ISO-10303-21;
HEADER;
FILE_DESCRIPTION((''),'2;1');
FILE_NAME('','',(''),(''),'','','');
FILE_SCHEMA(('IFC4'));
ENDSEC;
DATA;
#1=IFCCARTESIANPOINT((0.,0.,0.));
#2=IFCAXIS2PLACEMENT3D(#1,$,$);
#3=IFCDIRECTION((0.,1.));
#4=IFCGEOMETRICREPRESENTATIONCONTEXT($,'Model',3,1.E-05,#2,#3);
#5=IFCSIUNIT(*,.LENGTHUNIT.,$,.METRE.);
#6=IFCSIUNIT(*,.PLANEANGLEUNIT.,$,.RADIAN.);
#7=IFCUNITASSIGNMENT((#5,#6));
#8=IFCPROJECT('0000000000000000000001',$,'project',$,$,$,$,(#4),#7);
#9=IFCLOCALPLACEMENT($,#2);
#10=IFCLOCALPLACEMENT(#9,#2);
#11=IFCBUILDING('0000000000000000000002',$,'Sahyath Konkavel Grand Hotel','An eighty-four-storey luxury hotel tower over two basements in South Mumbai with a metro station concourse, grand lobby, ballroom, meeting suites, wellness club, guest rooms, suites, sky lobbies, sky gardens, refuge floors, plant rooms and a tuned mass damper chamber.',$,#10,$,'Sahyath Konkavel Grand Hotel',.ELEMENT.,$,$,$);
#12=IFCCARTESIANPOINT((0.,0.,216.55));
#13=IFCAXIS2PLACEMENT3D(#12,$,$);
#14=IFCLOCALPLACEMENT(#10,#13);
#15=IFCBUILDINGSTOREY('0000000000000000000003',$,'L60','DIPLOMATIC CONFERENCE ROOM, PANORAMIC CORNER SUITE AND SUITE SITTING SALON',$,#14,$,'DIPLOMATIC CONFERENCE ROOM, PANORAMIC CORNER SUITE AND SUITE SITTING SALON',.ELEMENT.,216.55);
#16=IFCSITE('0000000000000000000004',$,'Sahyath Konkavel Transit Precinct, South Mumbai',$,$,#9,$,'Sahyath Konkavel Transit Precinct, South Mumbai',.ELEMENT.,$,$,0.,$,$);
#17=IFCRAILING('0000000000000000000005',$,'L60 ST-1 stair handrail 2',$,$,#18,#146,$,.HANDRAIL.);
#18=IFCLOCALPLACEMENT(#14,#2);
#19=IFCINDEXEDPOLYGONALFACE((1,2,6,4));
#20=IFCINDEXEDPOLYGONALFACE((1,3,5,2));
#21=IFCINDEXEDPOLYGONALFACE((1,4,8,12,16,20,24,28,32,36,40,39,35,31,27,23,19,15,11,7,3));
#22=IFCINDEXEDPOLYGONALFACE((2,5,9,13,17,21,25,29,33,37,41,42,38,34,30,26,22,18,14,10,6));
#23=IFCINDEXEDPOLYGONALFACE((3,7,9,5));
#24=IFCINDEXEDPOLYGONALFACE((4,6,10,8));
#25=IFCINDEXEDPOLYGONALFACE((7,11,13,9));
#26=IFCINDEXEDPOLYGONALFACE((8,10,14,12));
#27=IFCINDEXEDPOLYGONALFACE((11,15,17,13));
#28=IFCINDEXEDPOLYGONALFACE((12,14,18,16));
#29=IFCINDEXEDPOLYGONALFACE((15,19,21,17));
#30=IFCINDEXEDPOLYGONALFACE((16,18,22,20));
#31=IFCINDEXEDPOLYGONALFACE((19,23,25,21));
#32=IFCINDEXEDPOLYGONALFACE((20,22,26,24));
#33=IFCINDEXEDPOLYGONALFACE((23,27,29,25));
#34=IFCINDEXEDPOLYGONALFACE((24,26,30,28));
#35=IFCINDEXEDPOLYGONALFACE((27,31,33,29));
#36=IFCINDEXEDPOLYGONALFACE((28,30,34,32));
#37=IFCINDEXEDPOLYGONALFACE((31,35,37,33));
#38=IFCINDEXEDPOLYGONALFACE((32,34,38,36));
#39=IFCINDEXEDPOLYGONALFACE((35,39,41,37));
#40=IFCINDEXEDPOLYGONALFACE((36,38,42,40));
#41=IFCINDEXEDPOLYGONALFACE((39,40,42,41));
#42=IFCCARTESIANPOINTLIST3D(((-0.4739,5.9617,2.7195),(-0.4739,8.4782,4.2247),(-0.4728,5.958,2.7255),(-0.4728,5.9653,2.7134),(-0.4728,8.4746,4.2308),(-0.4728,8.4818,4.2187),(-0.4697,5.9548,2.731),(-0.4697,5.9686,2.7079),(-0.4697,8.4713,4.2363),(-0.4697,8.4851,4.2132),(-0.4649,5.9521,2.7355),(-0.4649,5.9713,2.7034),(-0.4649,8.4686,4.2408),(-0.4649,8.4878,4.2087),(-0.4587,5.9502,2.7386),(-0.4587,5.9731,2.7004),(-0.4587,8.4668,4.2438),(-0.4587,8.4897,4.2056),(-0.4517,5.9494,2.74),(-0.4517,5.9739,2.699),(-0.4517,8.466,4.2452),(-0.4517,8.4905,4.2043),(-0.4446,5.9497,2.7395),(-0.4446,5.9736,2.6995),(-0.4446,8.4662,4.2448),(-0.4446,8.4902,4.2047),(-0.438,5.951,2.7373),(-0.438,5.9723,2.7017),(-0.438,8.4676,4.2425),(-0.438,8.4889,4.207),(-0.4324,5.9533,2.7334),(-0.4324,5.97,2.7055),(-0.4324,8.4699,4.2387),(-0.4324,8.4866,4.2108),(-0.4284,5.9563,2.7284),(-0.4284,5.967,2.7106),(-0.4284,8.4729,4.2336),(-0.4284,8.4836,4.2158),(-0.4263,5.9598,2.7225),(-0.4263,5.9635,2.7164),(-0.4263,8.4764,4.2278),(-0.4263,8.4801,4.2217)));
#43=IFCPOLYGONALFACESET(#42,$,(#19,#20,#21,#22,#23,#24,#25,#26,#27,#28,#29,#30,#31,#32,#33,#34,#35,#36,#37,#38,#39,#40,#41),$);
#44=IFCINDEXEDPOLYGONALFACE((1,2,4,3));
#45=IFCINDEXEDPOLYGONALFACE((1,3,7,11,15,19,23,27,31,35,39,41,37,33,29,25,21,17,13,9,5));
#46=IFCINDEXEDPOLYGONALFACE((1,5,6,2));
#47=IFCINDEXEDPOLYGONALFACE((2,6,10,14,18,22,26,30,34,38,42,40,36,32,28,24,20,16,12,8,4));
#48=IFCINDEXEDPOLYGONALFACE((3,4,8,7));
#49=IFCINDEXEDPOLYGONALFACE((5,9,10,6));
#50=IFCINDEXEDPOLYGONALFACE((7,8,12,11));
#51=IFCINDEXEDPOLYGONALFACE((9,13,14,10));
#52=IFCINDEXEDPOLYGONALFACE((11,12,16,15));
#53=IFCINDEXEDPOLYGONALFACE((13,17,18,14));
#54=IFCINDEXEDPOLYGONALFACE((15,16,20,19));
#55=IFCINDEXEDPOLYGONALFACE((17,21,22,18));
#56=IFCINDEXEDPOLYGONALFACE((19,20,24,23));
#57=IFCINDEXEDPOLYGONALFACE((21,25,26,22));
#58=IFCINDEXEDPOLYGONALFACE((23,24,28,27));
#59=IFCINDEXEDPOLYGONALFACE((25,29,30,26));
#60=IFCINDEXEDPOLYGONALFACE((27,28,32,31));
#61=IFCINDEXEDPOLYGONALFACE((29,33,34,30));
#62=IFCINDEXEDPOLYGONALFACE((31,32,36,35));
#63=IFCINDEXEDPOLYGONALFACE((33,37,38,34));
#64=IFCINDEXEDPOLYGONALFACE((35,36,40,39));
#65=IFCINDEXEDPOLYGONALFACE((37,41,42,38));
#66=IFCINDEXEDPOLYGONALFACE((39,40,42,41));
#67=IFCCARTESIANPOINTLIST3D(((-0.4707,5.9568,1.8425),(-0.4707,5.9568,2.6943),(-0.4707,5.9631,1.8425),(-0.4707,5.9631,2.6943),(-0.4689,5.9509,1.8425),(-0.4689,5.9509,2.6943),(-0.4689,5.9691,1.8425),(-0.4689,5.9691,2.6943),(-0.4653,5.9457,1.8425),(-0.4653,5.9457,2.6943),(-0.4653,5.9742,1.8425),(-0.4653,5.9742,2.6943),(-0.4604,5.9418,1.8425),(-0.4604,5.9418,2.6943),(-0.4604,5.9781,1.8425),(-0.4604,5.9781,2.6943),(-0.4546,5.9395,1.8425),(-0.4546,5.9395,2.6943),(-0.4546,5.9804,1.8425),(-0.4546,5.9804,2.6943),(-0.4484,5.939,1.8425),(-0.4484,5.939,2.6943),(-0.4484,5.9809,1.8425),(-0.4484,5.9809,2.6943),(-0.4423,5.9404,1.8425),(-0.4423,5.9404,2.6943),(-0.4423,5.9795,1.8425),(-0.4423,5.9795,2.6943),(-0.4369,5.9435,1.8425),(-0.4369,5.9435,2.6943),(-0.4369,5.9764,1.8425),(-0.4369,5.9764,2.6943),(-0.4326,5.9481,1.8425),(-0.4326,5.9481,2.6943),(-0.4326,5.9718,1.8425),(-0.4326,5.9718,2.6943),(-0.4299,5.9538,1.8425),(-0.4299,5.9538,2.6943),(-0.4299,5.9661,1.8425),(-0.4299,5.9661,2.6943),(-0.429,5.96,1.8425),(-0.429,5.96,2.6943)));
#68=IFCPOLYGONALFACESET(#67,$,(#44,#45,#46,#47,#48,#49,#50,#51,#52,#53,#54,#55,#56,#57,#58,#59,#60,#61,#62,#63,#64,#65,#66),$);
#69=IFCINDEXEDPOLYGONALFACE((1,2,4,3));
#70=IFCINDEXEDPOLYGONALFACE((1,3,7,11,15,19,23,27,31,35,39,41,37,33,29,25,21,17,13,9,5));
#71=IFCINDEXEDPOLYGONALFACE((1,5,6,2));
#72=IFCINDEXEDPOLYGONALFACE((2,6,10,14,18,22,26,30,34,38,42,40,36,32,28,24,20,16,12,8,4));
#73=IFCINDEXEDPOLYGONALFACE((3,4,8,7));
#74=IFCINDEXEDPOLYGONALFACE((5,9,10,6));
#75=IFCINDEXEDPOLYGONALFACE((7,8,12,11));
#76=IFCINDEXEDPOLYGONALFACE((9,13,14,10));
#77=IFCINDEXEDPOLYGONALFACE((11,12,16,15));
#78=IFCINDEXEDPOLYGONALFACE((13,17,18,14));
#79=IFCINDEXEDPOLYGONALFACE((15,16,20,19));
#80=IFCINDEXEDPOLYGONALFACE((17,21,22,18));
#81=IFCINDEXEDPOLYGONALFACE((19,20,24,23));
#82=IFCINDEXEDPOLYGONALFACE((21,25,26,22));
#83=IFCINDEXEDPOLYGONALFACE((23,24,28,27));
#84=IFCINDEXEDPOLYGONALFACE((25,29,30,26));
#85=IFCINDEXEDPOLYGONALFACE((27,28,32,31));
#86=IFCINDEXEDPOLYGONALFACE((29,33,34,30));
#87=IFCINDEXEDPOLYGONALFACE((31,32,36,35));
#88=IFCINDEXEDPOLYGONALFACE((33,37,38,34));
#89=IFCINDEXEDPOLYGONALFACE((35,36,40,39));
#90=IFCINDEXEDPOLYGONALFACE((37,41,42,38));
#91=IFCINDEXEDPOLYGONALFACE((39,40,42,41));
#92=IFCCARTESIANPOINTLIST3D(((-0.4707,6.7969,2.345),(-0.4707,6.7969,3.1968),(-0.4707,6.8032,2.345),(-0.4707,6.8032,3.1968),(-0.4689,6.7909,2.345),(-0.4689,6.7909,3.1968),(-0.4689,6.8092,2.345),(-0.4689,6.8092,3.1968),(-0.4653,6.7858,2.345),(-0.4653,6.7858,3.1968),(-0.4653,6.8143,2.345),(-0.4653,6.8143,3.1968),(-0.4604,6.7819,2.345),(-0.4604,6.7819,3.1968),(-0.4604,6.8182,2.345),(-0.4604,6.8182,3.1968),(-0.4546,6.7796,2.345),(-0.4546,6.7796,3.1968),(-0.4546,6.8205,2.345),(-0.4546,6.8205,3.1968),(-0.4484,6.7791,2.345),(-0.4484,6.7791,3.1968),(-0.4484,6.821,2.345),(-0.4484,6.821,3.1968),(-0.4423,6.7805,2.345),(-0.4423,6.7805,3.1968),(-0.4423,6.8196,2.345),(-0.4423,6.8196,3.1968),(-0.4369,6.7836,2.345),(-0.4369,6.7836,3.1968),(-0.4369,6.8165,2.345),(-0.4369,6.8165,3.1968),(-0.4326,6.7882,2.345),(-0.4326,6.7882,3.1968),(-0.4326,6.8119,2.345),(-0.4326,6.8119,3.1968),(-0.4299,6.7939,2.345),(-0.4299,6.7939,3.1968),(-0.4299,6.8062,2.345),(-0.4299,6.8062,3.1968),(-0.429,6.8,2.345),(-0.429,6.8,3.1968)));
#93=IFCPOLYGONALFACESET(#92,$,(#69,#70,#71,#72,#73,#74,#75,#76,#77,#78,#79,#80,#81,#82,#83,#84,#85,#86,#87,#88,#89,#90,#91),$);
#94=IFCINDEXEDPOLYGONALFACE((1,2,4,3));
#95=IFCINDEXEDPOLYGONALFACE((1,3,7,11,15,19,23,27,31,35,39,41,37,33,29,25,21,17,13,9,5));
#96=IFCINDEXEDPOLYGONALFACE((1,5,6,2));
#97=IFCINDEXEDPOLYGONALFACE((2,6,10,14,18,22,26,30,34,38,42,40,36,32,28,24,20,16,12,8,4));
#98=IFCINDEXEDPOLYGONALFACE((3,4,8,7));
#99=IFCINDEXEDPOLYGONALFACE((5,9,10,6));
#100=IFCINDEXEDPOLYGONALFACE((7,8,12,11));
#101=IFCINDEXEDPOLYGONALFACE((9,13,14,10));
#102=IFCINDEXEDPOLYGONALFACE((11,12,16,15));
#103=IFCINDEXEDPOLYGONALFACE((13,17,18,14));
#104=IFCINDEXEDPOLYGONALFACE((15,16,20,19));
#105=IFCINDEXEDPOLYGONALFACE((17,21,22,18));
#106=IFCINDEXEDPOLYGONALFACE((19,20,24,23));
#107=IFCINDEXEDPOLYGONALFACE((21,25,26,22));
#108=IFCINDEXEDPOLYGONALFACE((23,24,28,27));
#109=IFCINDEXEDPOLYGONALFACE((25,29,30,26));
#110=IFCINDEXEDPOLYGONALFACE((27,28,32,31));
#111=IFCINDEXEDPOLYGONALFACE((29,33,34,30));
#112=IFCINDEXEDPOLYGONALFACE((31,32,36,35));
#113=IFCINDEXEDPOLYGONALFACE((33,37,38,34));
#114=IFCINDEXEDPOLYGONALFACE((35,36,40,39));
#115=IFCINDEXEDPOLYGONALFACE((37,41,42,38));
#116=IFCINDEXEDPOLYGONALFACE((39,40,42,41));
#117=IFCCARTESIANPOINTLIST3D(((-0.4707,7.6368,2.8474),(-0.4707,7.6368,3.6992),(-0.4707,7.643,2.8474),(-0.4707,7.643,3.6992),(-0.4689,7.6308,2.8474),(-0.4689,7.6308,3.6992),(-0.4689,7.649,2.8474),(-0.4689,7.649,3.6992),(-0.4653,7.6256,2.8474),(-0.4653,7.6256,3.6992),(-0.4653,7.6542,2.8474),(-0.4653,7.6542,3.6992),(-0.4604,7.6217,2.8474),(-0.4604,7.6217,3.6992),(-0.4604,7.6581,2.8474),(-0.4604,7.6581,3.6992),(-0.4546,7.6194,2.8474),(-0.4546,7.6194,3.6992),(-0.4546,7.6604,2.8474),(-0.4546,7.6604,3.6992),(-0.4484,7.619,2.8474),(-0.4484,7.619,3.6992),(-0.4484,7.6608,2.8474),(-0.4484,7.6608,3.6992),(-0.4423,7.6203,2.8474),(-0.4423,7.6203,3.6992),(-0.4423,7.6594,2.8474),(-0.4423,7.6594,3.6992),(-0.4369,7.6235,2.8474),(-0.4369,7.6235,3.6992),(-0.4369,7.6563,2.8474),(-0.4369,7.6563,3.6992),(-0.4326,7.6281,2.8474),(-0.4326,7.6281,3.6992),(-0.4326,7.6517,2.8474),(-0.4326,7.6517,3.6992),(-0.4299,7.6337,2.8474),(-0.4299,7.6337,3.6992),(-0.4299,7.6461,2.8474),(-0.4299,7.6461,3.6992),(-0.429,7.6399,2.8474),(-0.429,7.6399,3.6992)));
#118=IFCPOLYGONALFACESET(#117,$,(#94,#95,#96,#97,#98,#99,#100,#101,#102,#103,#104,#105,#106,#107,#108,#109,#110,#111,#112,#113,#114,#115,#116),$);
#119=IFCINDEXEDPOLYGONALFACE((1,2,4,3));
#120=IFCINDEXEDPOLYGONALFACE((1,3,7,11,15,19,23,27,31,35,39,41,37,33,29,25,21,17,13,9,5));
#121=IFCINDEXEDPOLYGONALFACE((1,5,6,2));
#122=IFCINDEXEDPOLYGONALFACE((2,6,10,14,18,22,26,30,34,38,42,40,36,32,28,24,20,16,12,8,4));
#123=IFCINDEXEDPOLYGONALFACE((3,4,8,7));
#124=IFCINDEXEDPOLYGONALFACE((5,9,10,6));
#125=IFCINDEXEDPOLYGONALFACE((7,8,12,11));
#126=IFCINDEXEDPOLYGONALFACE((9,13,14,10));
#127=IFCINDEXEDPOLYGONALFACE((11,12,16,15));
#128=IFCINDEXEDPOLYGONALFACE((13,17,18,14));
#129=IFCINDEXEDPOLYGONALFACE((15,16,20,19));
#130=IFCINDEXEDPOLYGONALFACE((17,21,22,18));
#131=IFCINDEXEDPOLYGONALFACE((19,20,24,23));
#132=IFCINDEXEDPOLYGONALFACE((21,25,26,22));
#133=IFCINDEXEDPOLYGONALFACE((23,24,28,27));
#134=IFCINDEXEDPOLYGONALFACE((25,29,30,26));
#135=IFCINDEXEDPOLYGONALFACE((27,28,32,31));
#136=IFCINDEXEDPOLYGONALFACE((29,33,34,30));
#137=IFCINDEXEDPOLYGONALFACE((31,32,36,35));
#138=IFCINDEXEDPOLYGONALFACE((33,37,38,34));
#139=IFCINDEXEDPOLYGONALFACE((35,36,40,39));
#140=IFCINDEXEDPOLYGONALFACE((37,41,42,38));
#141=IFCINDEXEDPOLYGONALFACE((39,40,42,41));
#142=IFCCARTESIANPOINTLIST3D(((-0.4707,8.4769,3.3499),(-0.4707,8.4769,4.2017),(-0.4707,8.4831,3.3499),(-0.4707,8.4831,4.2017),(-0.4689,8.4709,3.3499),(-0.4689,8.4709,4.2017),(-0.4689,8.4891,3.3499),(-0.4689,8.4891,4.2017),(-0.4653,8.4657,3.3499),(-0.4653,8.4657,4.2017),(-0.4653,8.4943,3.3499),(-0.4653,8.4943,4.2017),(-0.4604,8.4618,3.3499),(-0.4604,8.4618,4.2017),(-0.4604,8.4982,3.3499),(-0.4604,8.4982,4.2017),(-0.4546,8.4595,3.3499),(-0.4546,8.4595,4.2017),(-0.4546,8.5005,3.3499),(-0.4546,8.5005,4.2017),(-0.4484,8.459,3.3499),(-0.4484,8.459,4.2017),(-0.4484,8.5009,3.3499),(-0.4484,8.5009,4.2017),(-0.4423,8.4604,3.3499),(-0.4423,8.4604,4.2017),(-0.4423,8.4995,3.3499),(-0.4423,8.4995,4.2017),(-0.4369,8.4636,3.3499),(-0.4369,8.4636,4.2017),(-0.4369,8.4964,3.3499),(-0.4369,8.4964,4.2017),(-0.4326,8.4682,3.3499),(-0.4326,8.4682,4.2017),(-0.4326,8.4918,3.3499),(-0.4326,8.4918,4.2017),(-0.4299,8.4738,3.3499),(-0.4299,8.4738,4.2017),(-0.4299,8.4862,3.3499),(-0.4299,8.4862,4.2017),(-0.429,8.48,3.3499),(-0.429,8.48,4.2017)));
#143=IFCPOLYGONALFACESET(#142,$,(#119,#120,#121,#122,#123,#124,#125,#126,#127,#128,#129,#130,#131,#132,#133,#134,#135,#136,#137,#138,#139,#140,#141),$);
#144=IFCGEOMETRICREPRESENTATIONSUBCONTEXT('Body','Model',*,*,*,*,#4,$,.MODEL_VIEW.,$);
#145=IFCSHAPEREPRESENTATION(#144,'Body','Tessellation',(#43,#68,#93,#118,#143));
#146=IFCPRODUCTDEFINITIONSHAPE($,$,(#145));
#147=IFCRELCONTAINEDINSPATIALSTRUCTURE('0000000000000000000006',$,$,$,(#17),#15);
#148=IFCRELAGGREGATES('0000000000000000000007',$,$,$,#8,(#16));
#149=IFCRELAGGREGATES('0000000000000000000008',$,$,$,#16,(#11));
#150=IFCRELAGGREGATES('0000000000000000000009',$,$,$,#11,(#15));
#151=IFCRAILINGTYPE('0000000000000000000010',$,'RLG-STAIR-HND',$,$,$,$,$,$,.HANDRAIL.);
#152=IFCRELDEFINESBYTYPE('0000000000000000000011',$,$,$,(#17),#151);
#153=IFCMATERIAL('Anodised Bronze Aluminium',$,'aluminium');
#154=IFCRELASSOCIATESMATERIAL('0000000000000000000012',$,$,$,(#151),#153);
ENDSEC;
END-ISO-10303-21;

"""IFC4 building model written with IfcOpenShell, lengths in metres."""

from ifc_helpers import new_model, si_unit, direction, frame, origin, origin_2d, place, context, subcontext, project, spatial, circle, extrude, material, type_object, element, save


model = new_model("IFC4")

# Units and contexts
model_context = context("Model", 3, precision=1e-05, world=origin(), true_north=direction((0.0, 1.0)))
body_context = subcontext(model_context, "Body", "Model", "MODEL_VIEW")
ifc_project = project(units=[si_unit("LENGTHUNIT", "METRE"), si_unit("PLANEANGLEUNIT", "RADIAN")], contexts=[model_context])

# Site, building, storey
site_placement = place(None, origin())
site = spatial("IfcSite", under=ifc_project, at=site_placement, Name="Sahyath Konkavel Transit Precinct, South Mumbai", LongName="Sahyath Konkavel Transit Precinct, South Mumbai", CompositionType="ELEMENT", RefElevation=0.0)
building_placement = place(site_placement, origin())
building = spatial("IfcBuilding", under=site, at=building_placement, Name="Sahyath Konkavel Grand Hotel", Description="An eighty-four-storey luxury hotel tower over two basements in South Mumbai with a metro station concourse, grand lobby, ballroom, meeting suites, wellness club, guest rooms, suites, sky lobbies, sky gardens, refuge floors, plant rooms and a tuned mass damper chamber.", LongName="Sahyath Konkavel Grand Hotel", CompositionType="ELEMENT")
storey_placement = place(building_placement, frame((0.0, 0.0, 216.55)))
storey = spatial("IfcBuildingStorey", under=building, at=storey_placement, Name="L60", Description="DIPLOMATIC CONFERENCE ROOM, PANORAMIC CORNER SUITE AND SUITE SITTING SALON", LongName="DIPLOMATIC CONFERENCE ROOM, PANORAMIC CORNER SUITE AND SUITE SITTING SALON", CompositionType="ELEMENT", Elevation=216.55)

# Shared definitions
ifc_material_1 = material(Name="Anodised Bronze Aluminium", Category="aluminium")

# Railing
railing_type_1 = type_object("IfcRailingType", Name="RLG-STAIR-HND", PredefinedType="HANDRAIL", material=ifc_material_1)
railing_1_placement = place(storey_placement, frame((-0.45, 5.96, 1.8425)))
element("IfcRailing", 1, at=railing_1_placement, inside=storey, type_object=railing_type_1, Name="L60 ST-1 stair handrail 2", PredefinedType="HANDRAIL", context=body_context, shape_type="SweptSolid", body=[
    extrude(circle(Radius=0.0239, at=origin_2d()), frame((0.0, 0.0017, 0.877), z_axis=(0.0, 0.858196, 0.513321), x_axis=(-1.0, 0.0, 0.0)), (0.0, 0.0, 1.0), 2.9324),
    extrude(circle(Radius=0.021, at=origin_2d()), origin(), (0.0, 0.0, 1.0), 0.8518),
    extrude(circle(Radius=0.021, at=origin_2d()), frame((0.0, 0.8401, 0.5024)), (0.0, 0.0, 1.0), 0.8518),
    extrude(circle(Radius=0.021, at=origin_2d()), frame((0.0, 1.6799, 1.0049)), (0.0, 0.0, 1.0), 0.8518),
    extrude(circle(Radius=0.021, at=origin_2d()), frame((0.0, 2.52, 1.5073)), (0.0, 0.0, 1.0), 0.8518),
])

save(model, "model.ifc")
